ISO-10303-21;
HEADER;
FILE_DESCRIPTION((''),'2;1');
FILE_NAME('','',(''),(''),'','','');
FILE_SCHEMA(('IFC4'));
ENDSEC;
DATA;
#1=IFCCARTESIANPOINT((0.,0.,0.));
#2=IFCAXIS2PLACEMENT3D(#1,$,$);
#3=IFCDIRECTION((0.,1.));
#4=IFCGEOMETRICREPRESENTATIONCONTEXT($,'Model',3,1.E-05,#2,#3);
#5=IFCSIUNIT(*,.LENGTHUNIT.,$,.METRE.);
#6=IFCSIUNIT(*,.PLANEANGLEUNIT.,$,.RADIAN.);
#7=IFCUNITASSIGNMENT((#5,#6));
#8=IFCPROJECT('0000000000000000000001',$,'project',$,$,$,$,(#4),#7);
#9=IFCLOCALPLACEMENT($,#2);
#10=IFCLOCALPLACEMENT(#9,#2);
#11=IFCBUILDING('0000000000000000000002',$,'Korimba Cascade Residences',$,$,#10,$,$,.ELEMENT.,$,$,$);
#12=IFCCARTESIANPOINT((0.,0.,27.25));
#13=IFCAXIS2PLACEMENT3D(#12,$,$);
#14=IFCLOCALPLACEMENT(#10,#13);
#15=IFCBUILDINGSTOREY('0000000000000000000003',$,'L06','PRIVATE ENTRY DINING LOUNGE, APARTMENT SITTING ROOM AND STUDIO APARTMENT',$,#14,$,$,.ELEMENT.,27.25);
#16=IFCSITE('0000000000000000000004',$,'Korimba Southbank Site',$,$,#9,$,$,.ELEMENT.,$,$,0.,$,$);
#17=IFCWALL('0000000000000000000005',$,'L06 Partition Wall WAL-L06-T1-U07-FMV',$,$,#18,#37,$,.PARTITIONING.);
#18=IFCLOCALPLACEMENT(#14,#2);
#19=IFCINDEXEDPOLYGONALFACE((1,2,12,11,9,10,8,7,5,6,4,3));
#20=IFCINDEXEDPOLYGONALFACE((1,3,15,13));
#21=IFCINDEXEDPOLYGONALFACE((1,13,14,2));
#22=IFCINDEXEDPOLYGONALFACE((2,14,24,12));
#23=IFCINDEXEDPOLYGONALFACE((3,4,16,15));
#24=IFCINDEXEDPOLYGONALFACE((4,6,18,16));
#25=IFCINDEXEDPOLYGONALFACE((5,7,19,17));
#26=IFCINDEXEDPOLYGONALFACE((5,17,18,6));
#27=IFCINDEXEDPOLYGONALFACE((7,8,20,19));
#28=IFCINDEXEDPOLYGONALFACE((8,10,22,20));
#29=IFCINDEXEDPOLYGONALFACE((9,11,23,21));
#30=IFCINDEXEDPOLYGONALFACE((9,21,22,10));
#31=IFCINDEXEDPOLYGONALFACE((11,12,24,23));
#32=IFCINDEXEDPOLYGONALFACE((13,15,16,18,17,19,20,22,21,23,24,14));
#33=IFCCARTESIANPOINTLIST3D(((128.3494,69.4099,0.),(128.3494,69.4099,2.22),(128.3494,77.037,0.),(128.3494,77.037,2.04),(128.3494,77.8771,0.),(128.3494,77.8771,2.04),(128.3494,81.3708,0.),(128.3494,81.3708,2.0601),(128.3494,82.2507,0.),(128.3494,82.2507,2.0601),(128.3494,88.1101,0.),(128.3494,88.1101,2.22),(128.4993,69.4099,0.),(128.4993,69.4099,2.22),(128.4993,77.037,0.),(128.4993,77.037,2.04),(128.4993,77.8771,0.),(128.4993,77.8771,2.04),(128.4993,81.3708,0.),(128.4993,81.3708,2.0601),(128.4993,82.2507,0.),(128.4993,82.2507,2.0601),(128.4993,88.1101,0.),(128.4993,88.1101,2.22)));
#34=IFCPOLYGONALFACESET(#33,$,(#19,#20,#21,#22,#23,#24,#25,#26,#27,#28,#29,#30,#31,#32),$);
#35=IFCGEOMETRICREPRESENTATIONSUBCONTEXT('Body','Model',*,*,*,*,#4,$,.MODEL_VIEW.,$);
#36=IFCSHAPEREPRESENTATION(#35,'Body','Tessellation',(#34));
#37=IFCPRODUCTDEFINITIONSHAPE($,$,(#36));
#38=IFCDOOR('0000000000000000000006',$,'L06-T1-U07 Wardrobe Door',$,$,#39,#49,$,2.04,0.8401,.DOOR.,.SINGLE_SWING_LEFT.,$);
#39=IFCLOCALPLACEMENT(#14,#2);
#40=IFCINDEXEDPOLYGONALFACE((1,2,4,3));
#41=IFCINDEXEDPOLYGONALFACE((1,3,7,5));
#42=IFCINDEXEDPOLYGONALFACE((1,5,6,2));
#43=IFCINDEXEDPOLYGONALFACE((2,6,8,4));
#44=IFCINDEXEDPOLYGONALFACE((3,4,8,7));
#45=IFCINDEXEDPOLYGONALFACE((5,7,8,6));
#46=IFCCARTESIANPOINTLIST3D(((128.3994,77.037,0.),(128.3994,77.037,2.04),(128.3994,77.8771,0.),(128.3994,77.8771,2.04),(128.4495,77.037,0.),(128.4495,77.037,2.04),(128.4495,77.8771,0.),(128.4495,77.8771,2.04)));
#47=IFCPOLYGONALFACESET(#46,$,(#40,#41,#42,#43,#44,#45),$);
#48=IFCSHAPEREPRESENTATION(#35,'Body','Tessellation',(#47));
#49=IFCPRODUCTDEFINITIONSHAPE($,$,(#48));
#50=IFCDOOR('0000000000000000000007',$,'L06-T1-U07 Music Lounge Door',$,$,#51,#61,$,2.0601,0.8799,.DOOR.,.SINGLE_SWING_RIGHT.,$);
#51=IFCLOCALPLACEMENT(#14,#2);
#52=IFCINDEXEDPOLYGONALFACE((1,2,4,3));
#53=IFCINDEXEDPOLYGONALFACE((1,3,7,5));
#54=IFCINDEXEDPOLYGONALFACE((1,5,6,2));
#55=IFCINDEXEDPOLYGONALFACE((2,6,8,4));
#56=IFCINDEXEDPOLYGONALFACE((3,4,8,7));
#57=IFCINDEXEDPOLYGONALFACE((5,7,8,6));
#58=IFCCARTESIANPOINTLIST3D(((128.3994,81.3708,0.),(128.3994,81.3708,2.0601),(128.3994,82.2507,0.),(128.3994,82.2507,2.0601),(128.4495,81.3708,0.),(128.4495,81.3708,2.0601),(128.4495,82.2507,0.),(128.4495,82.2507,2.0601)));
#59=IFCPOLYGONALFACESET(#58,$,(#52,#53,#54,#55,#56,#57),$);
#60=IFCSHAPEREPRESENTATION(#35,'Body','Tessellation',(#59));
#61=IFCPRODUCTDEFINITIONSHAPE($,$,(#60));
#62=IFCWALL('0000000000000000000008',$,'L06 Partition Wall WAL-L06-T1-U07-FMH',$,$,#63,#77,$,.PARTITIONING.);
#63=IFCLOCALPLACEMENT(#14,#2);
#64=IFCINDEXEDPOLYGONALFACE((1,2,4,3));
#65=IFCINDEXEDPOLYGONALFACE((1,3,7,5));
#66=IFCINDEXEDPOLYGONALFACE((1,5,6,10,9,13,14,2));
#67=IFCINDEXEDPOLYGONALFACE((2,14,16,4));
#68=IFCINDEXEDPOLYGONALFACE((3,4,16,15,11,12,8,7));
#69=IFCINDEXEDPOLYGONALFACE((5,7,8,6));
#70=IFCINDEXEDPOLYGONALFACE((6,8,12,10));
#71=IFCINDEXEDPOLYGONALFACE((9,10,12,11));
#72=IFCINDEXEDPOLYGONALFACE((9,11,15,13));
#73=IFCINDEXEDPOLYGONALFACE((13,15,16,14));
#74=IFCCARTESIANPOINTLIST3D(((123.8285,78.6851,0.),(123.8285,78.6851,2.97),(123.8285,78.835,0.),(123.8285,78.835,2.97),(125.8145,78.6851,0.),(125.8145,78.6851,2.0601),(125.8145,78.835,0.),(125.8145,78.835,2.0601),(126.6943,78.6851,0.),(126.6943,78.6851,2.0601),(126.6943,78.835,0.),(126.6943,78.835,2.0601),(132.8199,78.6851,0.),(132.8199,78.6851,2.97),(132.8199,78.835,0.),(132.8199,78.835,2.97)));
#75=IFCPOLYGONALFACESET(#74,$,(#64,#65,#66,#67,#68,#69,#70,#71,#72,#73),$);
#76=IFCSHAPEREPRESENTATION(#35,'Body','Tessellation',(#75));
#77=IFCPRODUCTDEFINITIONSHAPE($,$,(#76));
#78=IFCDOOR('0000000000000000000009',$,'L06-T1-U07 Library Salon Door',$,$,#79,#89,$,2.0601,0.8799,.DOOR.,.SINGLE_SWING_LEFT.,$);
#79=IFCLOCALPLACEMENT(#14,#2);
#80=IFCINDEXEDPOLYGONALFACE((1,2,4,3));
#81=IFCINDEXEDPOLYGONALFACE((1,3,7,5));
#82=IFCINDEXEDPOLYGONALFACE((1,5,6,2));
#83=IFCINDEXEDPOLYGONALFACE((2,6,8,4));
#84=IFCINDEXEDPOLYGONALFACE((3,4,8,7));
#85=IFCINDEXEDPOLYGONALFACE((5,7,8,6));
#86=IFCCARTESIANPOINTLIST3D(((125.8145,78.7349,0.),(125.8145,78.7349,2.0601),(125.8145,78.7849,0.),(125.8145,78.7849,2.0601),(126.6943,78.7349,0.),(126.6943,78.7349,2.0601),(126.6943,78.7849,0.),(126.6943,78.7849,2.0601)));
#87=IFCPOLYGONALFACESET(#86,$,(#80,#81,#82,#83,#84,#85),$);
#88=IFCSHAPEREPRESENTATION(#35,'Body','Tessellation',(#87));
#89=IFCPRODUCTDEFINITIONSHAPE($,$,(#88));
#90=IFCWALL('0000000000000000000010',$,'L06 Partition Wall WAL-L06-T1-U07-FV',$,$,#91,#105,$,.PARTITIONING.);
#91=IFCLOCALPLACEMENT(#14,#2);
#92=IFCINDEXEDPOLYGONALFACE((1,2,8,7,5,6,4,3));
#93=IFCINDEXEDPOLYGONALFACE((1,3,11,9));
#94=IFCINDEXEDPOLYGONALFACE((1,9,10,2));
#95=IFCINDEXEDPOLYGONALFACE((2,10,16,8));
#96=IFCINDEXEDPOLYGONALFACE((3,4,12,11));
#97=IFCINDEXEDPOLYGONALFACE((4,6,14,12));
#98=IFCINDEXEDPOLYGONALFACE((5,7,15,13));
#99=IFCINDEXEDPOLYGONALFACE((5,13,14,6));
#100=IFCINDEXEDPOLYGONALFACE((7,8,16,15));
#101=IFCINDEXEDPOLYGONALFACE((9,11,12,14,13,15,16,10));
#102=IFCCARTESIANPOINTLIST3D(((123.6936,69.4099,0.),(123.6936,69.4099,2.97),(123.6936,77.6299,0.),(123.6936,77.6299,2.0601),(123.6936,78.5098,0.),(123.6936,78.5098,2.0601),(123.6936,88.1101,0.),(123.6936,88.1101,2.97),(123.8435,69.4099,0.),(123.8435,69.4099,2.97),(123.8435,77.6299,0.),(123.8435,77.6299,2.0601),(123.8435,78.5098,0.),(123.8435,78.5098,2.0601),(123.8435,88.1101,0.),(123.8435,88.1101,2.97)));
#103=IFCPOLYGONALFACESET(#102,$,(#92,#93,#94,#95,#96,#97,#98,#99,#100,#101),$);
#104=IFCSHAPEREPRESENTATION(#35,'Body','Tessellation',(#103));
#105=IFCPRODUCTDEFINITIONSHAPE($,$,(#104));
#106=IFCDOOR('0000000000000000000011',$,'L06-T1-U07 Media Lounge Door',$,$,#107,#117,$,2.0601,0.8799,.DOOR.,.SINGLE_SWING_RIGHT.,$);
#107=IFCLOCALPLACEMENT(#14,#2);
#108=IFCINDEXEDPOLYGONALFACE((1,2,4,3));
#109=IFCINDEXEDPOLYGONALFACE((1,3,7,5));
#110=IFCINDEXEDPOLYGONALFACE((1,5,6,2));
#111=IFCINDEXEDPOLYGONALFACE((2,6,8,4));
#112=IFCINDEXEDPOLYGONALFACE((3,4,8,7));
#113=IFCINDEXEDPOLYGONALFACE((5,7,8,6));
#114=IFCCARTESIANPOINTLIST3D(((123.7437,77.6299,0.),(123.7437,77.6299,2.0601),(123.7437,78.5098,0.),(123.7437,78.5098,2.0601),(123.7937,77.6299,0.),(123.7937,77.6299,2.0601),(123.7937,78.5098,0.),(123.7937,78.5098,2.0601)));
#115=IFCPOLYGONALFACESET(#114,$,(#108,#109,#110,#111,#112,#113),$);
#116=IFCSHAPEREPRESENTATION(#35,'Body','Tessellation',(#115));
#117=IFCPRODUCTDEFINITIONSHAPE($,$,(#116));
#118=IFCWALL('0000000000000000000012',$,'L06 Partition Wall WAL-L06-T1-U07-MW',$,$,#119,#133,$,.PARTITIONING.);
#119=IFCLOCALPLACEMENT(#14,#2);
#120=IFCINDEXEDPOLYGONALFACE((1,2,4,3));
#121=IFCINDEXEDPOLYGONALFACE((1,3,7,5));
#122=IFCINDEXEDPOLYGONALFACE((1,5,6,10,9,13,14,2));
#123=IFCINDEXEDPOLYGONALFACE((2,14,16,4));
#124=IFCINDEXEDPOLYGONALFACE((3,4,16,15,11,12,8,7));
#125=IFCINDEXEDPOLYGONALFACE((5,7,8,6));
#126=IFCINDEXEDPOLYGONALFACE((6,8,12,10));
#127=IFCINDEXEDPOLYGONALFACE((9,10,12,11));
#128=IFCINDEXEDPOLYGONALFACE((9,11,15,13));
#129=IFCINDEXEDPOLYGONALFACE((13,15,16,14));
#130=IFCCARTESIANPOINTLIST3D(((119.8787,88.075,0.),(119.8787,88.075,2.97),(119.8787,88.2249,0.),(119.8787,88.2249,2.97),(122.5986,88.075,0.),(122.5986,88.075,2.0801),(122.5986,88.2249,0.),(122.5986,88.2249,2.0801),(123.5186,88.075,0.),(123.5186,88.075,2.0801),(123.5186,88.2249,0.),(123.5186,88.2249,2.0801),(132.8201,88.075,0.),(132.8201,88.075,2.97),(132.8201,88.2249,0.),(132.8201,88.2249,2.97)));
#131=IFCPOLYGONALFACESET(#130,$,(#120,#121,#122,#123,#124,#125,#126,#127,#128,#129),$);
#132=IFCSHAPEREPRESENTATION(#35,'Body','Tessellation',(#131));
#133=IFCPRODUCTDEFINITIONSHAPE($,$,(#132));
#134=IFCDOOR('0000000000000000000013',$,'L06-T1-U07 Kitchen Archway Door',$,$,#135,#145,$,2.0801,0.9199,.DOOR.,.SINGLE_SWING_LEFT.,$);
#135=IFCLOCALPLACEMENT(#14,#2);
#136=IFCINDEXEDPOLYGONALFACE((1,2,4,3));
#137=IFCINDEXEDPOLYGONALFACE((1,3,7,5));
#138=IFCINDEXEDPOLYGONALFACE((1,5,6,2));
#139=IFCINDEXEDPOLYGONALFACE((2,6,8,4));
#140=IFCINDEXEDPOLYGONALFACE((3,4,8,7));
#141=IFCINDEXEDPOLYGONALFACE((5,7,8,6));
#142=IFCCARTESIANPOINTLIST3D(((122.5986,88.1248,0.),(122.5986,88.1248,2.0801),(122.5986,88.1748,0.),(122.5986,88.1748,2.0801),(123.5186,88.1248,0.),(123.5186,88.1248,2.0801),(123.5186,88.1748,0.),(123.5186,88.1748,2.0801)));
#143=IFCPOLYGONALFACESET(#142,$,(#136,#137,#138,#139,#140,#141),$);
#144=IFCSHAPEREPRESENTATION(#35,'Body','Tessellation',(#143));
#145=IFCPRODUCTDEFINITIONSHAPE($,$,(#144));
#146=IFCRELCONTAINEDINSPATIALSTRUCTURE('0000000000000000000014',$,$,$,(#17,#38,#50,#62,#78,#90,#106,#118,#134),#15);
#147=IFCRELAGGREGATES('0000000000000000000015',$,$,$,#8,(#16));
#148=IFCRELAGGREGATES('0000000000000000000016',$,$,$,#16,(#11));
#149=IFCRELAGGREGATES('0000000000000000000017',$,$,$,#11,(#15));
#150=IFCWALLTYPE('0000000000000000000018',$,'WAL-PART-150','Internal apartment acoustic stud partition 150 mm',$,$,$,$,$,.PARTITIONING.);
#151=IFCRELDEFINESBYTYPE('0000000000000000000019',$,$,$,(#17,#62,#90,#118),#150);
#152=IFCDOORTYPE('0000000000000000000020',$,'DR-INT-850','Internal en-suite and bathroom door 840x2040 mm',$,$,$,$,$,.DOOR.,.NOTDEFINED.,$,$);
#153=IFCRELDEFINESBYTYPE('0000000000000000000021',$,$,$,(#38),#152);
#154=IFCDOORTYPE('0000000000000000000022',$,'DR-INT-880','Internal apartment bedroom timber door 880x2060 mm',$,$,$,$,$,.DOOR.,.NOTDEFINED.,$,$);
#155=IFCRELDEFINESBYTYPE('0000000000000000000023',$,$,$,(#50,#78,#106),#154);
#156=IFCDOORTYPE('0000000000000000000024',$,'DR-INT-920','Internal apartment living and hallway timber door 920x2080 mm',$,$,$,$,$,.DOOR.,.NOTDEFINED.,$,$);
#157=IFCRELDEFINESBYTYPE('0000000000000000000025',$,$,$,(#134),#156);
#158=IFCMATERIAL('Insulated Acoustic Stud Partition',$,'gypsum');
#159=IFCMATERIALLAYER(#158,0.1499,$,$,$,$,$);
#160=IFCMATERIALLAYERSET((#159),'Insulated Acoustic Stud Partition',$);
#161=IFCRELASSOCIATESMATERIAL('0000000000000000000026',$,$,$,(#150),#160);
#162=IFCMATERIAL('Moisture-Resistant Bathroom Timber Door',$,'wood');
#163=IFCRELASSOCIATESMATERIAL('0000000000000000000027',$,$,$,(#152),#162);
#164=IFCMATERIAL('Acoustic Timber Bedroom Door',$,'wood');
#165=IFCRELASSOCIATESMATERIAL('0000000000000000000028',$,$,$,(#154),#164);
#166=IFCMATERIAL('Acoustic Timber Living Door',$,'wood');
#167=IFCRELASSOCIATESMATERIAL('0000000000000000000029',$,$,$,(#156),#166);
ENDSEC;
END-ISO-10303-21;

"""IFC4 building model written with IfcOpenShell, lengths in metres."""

from ifc_helpers import new_model, si_unit, direction, frame, frame_2d, origin, place, context, subcontext, project, spatial, rectangle, extrude, material, layer, layer_set, type_object, element, fill, save


model = new_model("IFC4")

# Units and contexts
model_context = context("Model", 3, precision=1e-05, world=origin(), true_north=direction((0.0, 1.0)))
body_context = subcontext(model_context, "Body", "Model", "MODEL_VIEW")
ifc_project = project(units=[si_unit("LENGTHUNIT", "METRE"), si_unit("PLANEANGLEUNIT", "RADIAN")], contexts=[model_context])

# Site, building, storey
site_placement = place(None, origin())
site = spatial("IfcSite", under=ifc_project, at=site_placement, Name="Korimba Southbank Site", CompositionType="ELEMENT", RefElevation=0.0)
building_placement = place(site_placement, origin())
building = spatial("IfcBuilding", under=site, at=building_placement, Name="Korimba Cascade Residences", CompositionType="ELEMENT")
storey_placement = place(building_placement, frame((0.0, 0.0, 27.25)))
storey = spatial("IfcBuildingStorey", under=building, at=storey_placement, Name="L06", Description="PRIVATE ENTRY DINING LOUNGE, APARTMENT SITTING ROOM AND STUDIO APARTMENT", CompositionType="ELEMENT", Elevation=27.25)

# Shared definitions
ifc_material_1 = material(Name="Insulated Acoustic Stud Partition", Category="gypsum")
ifc_layer_1 = layer(ifc_material_1, 0.1499)
ifc_layer_set_1 = layer_set([ifc_layer_1], Name="Insulated Acoustic Stud Partition")
wall_type_1 = type_object("IfcWallType", Name="WAL-PART-150", Description="Internal apartment acoustic stud partition 150 mm", PredefinedType="PARTITIONING", material=ifc_layer_set_1)
ifc_material_2 = material(Name="Moisture-Resistant Bathroom Timber Door", Category="wood")
door_type_1 = type_object("IfcDoorType", Name="DR-INT-850", Description="Internal en-suite and bathroom door 840x2040 mm", OperationType="NOTDEFINED", PredefinedType="DOOR", material=ifc_material_2)

# Wall, openings, doors
wall_1_placement = place(storey_placement, frame((128.4243, 69.4099, 0.0), z_axis=(0.0, 0.0, 1.0), x_axis=(0.0, 1.0, 0.0)))
wall_1 = element("IfcWall", 1, at=wall_1_placement, inside=storey, type_object=wall_type_1, Name="L06 Partition Wall WAL-L06-T1-U07-FMV", PredefinedType="PARTITIONING", context=body_context, shape_type="SweptSolid", body=[
    extrude(rectangle(XDim=18.7002, YDim=0.1499, at=frame_2d((9.3501, 0.0))), origin(), (0.0, 0.0, 1.0), 2.22),
])
opening_1_placement = place(wall_1_placement, frame((7.6272, 0.0, 0.0)))
opening_1 = element("IfcOpeningElement", 2, at=opening_1_placement, cuts=wall_1, PredefinedType="OPENING", context=body_context, shape_type="SweptSolid", body=[
    extrude(rectangle(XDim=0.8401, YDim=2.04, at=frame_2d((0.4199, 1.02))), frame((0.0, 0.085, 0.0), z_axis=(0.0, -1.0, 0.0), x_axis=(1.0, 0.0, 0.0)), (0.0, 0.0, 1.0), 0.1699),
])
opening_2_placement = place(wall_1_placement, frame((11.9609, 0.0, 0.0)))
opening_2 = element("IfcOpeningElement", 3, at=opening_2_placement, cuts=wall_1, PredefinedType="OPENING", context=body_context, shape_type="SweptSolid", body=[
    extrude(rectangle(XDim=0.8799, YDim=2.0601, at=frame_2d((0.4399, 1.03))), frame((0.0, 0.085, 0.0), z_axis=(0.0, -1.0, 0.0), x_axis=(1.0, 0.0, 0.0)), (0.0, 0.0, 1.0), 0.1699),
])
door_1_placement = place(opening_1_placement, origin())
door_1 = element("IfcDoor", 4, at=door_1_placement, inside=storey, type_object=door_type_1, Name="L06-T1-U07 Wardrobe Door", OperationType="SINGLE_SWING_LEFT", OverallHeight=2.04, OverallWidth=0.8401, PredefinedType="DOOR", context=body_context, shape_type="SweptSolid", body=[
    extrude(rectangle(XDim=0.8401, YDim=2.04, at=frame_2d((0.4199, 1.02))), frame((0.0, 0.0249, 0.0), z_axis=(0.0, -1.0, 0.0), x_axis=(1.0, 0.0, 0.0)), (0.0, 0.0, 1.0), 0.05),
])
fill(opening_1, door_1)
ifc_material_3 = material(Name="Acoustic Timber Bedroom Door", Category="wood")
door_type_2 = type_object("IfcDoorType", Name="DR-INT-880", Description="Internal apartment bedroom timber door 880x2060 mm", OperationType="NOTDEFINED", PredefinedType="DOOR", material=ifc_material_3)
door_2_placement = place(opening_2_placement, origin())
door_2 = element("IfcDoor", 5, at=door_2_placement, inside=storey, type_object=door_type_2, Name="L06-T1-U07 Music Lounge Door", OperationType="SINGLE_SWING_RIGHT", OverallHeight=2.0601, OverallWidth=0.8799, PredefinedType="DOOR", context=body_context, shape_type="SweptSolid", body=[
    extrude(rectangle(XDim=0.8799, YDim=2.0601, at=frame_2d((0.4399, 1.03))), frame((0.0, 0.0249, 0.0), z_axis=(0.0, -1.0, 0.0), x_axis=(1.0, 0.0, 0.0)), (0.0, 0.0, 1.0), 0.05),
])
fill(opening_2, door_2)

# Walls, openings, doors
wall_2_placement = place(storey_placement, frame((123.8286, 78.76, 0.0), z_axis=(0.0, 0.0, 1.0), x_axis=(1.0, 0.0, 0.0)))
wall_2 = element("IfcWall", 6, at=wall_2_placement, inside=storey, type_object=wall_type_1, Name="L06 Partition Wall WAL-L06-T1-U07-FMH", PredefinedType="PARTITIONING", context=body_context, shape_type="SweptSolid", body=[
    extrude(rectangle(XDim=8.9915, YDim=0.1499, at=frame_2d((4.4956, 0.0))), origin(), (0.0, 0.0, 1.0), 2.97),
])
opening_3_placement = place(wall_2_placement, frame((1.9858, 0.0, 0.0)))
opening_3 = element("IfcOpeningElement", 7, at=opening_3_placement, cuts=wall_2, PredefinedType="OPENING", context=body_context, shape_type="SweptSolid", body=[
    extrude(rectangle(XDim=0.8799, YDim=2.0601, at=frame_2d((0.4399, 1.03))), frame((0.0, 0.085, 0.0), z_axis=(0.0, -1.0, 0.0), x_axis=(1.0, 0.0, 0.0)), (0.0, 0.0, 1.0), 0.1699),
])
door_3_placement = place(opening_3_placement, origin())
door_3 = element("IfcDoor", 8, at=door_3_placement, inside=storey, type_object=door_type_2, Name="L06-T1-U07 Library Salon Door", OperationType="SINGLE_SWING_LEFT", OverallHeight=2.0601, OverallWidth=0.8799, PredefinedType="DOOR", context=body_context, shape_type="SweptSolid", body=[
    extrude(rectangle(XDim=0.8799, YDim=2.0601, at=frame_2d((0.4399, 1.03))), frame((0.0, 0.0249, 0.0), z_axis=(0.0, -1.0, 0.0), x_axis=(1.0, 0.0, 0.0)), (0.0, 0.0, 1.0), 0.05),
])
fill(opening_3, door_3)
wall_3_placement = place(storey_placement, frame((123.7686, 69.4099, 0.0), z_axis=(0.0, 0.0, 1.0), x_axis=(0.0, 1.0, 0.0)))
wall_3 = element("IfcWall", 9, at=wall_3_placement, inside=storey, type_object=wall_type_1, Name="L06 Partition Wall WAL-L06-T1-U07-FV", PredefinedType="PARTITIONING", context=body_context, shape_type="SweptSolid", body=[
    extrude(rectangle(XDim=18.7002, YDim=0.1499, at=frame_2d((9.3501, 0.0))), origin(), (0.0, 0.0, 1.0), 2.97),
])
opening_4_placement = place(wall_3_placement, frame((8.22, 0.0, 0.0)))
opening_4 = element("IfcOpeningElement", 10, at=opening_4_placement, cuts=wall_3, PredefinedType="OPENING", context=body_context, shape_type="SweptSolid", body=[
    extrude(rectangle(XDim=0.8799, YDim=2.0601, at=frame_2d((0.4399, 1.03))), frame((0.0, 0.085, 0.0), z_axis=(0.0, -1.0, 0.0), x_axis=(1.0, 0.0, 0.0)), (0.0, 0.0, 1.0), 0.1699),
])
door_4_placement = place(opening_4_placement, origin())
door_4 = element("IfcDoor", 11, at=door_4_placement, inside=storey, type_object=door_type_2, Name="L06-T1-U07 Media Lounge Door", OperationType="SINGLE_SWING_RIGHT", OverallHeight=2.0601, OverallWidth=0.8799, PredefinedType="DOOR", context=body_context, shape_type="SweptSolid", body=[
    extrude(rectangle(XDim=0.8799, YDim=2.0601, at=frame_2d((0.4399, 1.03))), frame((0.0, 0.0249, 0.0), z_axis=(0.0, -1.0, 0.0), x_axis=(1.0, 0.0, 0.0)), (0.0, 0.0, 1.0), 0.05),
])
fill(opening_4, door_4)
wall_4_placement = place(storey_placement, frame((119.8787, 88.1499, 0.0), z_axis=(0.0, 0.0, 1.0), x_axis=(1.0, 0.0, 0.0)))
wall_4 = element("IfcWall", 12, at=wall_4_placement, inside=storey, type_object=wall_type_1, Name="L06 Partition Wall WAL-L06-T1-U07-MW", PredefinedType="PARTITIONING", context=body_context, shape_type="SweptSolid", body=[
    extrude(rectangle(XDim=12.9414, YDim=0.1499, at=frame_2d((6.4707, 0.0))), origin(), (0.0, 0.0, 1.0), 2.97),
])
opening_5_placement = place(wall_4_placement, frame((2.72, 0.0, 0.0)))
opening_5 = element("IfcOpeningElement", 13, at=opening_5_placement, cuts=wall_4, PredefinedType="OPENING", context=body_context, shape_type="SweptSolid", body=[
    extrude(rectangle(XDim=0.9199, YDim=2.0801, at=frame_2d((0.46, 1.04))), frame((0.0, 0.085, 0.0), z_axis=(0.0, -1.0, 0.0), x_axis=(1.0, 0.0, 0.0)), (0.0, 0.0, 1.0), 0.1699),
])
ifc_material_4 = material(Name="Acoustic Timber Living Door", Category="wood")
door_type_3 = type_object("IfcDoorType", Name="DR-INT-920", Description="Internal apartment living and hallway timber door 920x2080 mm", OperationType="NOTDEFINED", PredefinedType="DOOR", material=ifc_material_4)
door_5_placement = place(opening_5_placement, origin())
door_5 = element("IfcDoor", 14, at=door_5_placement, inside=storey, type_object=door_type_3, Name="L06-T1-U07 Kitchen Archway Door", OperationType="SINGLE_SWING_LEFT", OverallHeight=2.0801, OverallWidth=0.9199, PredefinedType="DOOR", context=body_context, shape_type="SweptSolid", body=[
    extrude(rectangle(XDim=0.9199, YDim=2.0801, at=frame_2d((0.46, 1.04))), frame((0.0, 0.0249, 0.0), z_axis=(0.0, -1.0, 0.0), x_axis=(1.0, 0.0, 0.0)), (0.0, 0.0, 1.0), 0.05),
])
fill(opening_5, door_5)

save(model, "model.ifc")
